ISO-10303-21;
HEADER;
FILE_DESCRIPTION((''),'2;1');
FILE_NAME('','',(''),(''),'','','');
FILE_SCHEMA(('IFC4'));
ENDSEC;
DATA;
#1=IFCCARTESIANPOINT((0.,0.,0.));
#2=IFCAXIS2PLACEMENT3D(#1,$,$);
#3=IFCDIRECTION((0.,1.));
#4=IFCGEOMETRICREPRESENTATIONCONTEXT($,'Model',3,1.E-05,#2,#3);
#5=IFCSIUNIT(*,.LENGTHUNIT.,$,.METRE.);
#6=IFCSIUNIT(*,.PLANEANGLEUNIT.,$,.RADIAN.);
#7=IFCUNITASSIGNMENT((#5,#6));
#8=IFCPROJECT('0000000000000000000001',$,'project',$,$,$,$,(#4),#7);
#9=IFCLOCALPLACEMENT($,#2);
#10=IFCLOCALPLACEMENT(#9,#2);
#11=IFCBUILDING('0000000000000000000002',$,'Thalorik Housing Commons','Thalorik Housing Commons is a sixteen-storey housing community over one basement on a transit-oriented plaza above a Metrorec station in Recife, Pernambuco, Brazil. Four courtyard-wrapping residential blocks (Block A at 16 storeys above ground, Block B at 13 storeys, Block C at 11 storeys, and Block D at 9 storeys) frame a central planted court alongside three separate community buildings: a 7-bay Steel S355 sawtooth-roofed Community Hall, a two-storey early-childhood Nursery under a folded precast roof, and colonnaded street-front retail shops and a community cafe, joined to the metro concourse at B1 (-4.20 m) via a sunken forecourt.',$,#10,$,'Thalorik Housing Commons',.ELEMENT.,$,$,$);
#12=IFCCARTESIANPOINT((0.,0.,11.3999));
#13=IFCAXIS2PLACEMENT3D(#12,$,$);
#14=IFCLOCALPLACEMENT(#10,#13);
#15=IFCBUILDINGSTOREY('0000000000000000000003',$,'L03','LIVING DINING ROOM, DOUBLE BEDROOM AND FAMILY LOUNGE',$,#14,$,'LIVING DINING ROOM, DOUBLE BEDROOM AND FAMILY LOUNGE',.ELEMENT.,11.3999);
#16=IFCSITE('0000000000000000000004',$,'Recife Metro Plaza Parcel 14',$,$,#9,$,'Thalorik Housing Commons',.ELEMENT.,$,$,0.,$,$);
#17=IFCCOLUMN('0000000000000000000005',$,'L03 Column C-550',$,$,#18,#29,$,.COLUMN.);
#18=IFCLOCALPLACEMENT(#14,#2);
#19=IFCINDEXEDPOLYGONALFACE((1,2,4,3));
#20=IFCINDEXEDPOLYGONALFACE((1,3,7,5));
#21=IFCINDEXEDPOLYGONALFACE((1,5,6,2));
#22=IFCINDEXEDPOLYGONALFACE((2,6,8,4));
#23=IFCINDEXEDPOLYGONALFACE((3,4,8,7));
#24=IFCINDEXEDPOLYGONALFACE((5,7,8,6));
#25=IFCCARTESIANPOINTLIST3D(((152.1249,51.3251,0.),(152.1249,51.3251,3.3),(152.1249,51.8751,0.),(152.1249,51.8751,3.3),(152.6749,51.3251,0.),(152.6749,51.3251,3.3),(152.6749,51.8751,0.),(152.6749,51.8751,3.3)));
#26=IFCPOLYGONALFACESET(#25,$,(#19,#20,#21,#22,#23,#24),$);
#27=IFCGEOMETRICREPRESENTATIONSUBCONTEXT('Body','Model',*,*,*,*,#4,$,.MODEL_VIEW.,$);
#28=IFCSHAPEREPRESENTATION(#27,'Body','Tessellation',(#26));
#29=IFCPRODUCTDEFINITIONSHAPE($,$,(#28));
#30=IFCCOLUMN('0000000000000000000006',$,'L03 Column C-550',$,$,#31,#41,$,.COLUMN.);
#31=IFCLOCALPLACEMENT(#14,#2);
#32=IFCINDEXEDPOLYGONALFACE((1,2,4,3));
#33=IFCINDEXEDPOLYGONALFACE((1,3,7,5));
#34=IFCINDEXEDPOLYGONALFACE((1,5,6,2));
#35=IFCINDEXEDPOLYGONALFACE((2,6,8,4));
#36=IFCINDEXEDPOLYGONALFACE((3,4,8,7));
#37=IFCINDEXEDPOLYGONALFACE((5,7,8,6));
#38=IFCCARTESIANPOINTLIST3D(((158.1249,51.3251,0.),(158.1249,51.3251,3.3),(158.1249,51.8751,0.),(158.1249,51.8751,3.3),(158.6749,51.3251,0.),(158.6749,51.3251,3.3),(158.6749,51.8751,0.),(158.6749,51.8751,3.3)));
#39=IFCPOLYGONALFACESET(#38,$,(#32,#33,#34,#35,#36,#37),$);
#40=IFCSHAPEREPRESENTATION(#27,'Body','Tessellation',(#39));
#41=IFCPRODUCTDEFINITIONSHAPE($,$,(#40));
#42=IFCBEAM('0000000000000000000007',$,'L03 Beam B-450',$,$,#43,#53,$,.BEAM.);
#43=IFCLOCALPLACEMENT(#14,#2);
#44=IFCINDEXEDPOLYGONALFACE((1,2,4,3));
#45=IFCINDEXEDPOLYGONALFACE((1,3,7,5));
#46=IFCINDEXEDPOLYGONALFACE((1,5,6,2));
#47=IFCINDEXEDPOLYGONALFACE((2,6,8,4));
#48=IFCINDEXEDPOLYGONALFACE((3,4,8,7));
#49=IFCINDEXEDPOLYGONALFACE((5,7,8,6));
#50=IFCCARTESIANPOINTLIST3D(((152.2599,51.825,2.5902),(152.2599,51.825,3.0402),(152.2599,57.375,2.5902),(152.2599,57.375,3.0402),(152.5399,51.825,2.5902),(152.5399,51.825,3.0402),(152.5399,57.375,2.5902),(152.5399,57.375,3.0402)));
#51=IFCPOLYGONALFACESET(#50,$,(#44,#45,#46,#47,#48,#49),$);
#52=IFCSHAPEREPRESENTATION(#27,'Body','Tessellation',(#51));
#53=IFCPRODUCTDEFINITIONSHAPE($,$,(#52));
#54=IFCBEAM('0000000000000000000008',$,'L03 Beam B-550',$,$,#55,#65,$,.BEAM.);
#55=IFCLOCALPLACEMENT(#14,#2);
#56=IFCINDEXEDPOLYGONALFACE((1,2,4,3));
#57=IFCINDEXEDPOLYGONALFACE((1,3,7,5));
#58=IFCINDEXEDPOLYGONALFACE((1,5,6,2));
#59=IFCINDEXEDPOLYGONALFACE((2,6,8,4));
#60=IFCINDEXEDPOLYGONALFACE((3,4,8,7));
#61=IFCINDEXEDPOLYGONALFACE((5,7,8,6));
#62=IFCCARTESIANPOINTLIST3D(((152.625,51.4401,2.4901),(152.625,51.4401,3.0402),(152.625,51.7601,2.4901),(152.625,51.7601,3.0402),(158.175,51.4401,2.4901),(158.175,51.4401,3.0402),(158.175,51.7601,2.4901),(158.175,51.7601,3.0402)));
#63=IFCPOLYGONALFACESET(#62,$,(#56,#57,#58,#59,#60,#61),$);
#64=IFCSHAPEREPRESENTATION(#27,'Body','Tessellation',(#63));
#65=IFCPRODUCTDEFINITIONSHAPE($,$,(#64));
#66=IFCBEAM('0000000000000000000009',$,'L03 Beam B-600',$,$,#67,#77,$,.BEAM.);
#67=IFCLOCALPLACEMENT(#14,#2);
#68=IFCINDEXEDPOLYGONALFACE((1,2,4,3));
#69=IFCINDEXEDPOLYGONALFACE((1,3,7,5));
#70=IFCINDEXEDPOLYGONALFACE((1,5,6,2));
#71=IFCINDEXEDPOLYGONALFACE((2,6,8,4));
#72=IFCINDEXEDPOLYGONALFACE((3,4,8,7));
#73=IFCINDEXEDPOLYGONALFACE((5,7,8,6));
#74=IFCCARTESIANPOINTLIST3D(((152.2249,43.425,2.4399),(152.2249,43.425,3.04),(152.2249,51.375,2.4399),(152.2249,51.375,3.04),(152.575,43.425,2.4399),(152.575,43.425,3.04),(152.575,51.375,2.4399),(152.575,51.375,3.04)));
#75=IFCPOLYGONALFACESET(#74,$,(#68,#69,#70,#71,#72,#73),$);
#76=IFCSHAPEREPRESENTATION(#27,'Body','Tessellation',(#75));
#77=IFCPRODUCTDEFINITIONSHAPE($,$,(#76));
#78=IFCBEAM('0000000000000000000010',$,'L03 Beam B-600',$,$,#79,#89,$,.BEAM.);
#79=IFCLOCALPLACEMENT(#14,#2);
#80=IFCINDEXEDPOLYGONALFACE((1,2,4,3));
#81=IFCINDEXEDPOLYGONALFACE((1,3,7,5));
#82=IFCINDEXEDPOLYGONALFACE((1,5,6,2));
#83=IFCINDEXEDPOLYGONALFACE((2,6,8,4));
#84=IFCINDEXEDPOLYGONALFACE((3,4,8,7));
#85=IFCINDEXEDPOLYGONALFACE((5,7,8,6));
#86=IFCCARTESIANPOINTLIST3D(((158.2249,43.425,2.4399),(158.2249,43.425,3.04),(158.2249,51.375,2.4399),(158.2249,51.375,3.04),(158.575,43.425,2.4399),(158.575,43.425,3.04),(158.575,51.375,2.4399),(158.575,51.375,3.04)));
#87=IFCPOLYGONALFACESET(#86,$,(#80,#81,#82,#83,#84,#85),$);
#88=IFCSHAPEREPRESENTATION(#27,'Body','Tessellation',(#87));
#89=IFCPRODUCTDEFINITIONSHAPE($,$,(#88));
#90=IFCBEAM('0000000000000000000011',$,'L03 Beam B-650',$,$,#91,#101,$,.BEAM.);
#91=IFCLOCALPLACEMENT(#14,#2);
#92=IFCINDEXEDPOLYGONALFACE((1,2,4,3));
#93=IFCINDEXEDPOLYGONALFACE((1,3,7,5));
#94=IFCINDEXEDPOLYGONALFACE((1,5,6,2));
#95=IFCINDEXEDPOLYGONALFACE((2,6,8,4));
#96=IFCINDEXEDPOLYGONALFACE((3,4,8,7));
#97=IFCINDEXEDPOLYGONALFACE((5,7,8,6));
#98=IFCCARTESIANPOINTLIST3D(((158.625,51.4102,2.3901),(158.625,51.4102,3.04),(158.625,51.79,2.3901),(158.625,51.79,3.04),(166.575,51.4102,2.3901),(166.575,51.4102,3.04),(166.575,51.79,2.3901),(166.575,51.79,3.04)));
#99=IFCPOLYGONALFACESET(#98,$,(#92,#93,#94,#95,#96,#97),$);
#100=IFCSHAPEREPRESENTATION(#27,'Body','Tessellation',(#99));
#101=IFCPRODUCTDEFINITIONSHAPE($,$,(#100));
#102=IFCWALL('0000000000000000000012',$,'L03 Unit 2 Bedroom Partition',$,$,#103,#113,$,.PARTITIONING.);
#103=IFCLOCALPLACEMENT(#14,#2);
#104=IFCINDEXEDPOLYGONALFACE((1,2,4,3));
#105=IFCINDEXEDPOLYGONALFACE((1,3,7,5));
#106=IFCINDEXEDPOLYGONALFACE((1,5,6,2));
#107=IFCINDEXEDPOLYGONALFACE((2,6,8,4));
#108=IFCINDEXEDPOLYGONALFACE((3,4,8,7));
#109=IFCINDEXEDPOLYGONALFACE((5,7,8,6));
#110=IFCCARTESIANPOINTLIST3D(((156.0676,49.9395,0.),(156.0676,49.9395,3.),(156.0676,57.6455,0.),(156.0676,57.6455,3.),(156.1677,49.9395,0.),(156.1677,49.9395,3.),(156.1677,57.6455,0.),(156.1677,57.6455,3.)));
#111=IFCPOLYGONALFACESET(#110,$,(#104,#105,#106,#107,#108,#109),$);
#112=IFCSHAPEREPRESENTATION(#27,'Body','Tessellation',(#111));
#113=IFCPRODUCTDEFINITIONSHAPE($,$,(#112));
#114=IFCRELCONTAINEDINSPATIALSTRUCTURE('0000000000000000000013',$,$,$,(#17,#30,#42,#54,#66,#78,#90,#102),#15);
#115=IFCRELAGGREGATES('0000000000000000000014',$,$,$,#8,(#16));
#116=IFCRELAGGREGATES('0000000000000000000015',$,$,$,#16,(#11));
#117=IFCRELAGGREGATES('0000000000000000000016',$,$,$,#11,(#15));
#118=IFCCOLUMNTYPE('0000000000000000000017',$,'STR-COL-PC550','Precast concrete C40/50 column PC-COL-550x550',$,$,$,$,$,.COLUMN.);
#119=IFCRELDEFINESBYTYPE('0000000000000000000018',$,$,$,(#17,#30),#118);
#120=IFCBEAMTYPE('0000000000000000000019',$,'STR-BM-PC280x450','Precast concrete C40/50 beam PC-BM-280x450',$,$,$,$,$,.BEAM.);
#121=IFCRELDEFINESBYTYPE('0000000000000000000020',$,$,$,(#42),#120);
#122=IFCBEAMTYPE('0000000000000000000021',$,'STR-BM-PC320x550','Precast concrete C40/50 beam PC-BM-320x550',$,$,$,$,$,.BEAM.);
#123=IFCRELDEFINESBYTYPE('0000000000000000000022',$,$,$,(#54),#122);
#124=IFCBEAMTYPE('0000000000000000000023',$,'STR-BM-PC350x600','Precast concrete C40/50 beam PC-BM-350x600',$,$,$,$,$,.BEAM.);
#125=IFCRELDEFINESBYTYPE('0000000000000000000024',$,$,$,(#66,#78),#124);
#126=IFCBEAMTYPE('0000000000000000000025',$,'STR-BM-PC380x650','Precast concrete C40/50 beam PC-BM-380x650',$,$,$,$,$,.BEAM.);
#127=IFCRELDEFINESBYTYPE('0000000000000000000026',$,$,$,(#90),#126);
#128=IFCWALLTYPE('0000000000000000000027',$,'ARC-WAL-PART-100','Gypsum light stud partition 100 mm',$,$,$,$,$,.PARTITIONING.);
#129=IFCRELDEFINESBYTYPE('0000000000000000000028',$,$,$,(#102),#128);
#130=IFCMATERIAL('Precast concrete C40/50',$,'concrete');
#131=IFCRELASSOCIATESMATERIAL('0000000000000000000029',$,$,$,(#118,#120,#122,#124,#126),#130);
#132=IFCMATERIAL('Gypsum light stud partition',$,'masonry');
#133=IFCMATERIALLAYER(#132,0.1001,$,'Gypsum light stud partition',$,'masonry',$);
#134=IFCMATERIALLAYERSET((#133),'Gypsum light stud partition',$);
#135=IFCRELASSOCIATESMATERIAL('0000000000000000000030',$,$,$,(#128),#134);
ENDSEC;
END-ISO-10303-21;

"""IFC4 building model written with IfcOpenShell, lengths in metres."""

from ifc_helpers import new_model, si_unit, direction, frame, frame_2d, origin, origin_2d, place, context, subcontext, project, spatial, rectangle, extrude, material, layer, layer_set, material_profile, profile_set, type_object, element, save


model = new_model("IFC4")

# Units and contexts
model_context = context("Model", 3, precision=1e-05, world=origin(), true_north=direction((0.0, 1.0)))
body_context = subcontext(model_context, "Body", "Model", "MODEL_VIEW")
ifc_project = project(units=[si_unit("LENGTHUNIT", "METRE"), si_unit("PLANEANGLEUNIT", "RADIAN")], contexts=[model_context])

# Site, building, storey
site_placement = place(None, origin())
site = spatial("IfcSite", under=ifc_project, at=site_placement, Name="Recife Metro Plaza Parcel 14", LongName="Thalorik Housing Commons", CompositionType="ELEMENT", RefElevation=0.0)
building_placement = place(site_placement, origin())
building = spatial("IfcBuilding", under=site, at=building_placement, Name="Thalorik Housing Commons", Description="Thalorik Housing Commons is a sixteen-storey housing community over one basement on a transit-oriented plaza above a Metrorec station in Recife, Pernambuco, Brazil. Four courtyard-wrapping residential blocks (Block A at 16 storeys above ground, Block B at 13 storeys, Block C at 11 storeys, and Block D at 9 storeys) frame a central planted court alongside three separate community buildings: a 7-bay Steel S355 sawtooth-roofed Community Hall, a two-storey early-childhood Nursery under a folded precast roof, and colonnaded street-front retail shops and a community cafe, joined to the metro concourse at B1 (-4.20 m) via a sunken forecourt.", LongName="Thalorik Housing Commons", CompositionType="ELEMENT")
storey_placement = place(building_placement, frame((0.0, 0.0, 11.3999)))
storey = spatial("IfcBuildingStorey", under=building, at=storey_placement, Name="L03", Description="LIVING DINING ROOM, DOUBLE BEDROOM AND FAMILY LOUNGE", LongName="LIVING DINING ROOM, DOUBLE BEDROOM AND FAMILY LOUNGE", CompositionType="ELEMENT", Elevation=11.3999)

# Columns
ifc_material_1 = material(Name="Precast concrete C40/50", Category="concrete")
ifc_material_profile_1 = material_profile(ifc_material_1, rectangle(XDim=0.55, YDim=0.55, at=origin_2d()), Name="PC 550x550", Category="concrete")
ifc_profile_set_1 = profile_set([ifc_material_profile_1], Name="Precast concrete C40/50")
column_type = type_object("IfcColumnType", Name="STR-COL-PC550", Description="Precast concrete C40/50 column PC-COL-550x550", PredefinedType="COLUMN", material=ifc_profile_set_1)
for number, where, z_axis, x_axis, name in (
    (1, (152.3999, 51.6001, 0.0), (0.0, 0.0, 1.0), (1.0, 0.0, 0.0), "L03 Column C-550"),
    (2, (158.3999, 51.6001, 0.0), (0.0, 0.0, 1.0), (1.0, 0.0, 0.0), "L03 Column C-550"),
):
    element("IfcColumn", number, at=place(storey_placement, frame(where, z_axis=z_axis, x_axis=x_axis)), inside=storey, type_object=column_type, Name=name, PredefinedType="COLUMN", context=body_context, shape_type="SweptSolid", body=[
        extrude(rectangle(XDim=0.55, YDim=0.55, at=origin_2d()), origin(), (0.0, 0.0, 1.0), 3.3),
    ])

# Beams
ifc_material_profile_2 = material_profile(ifc_material_1, rectangle(XDim=0.28, YDim=0.45, at=origin_2d()), Name="PC 280x450", Category="concrete")
ifc_profile_set_2 = profile_set([ifc_material_profile_2], Name="Precast concrete C40/50")
beam_type_1 = type_object("IfcBeamType", Name="STR-BM-PC280x450", Description="Precast concrete C40/50 beam PC-BM-280x450", PredefinedType="BEAM", material=ifc_profile_set_2)
beam_1_placement = place(storey_placement, frame((152.3999, 51.825, 2.8152), z_axis=(0.0, 1.0, 0.0), x_axis=(-1.0, 0.0, 0.0)))
element("IfcBeam", 3, at=beam_1_placement, inside=storey, type_object=beam_type_1, Name="L03 Beam B-450", PredefinedType="BEAM", context=body_context, shape_type="SweptSolid", body=[
    extrude(rectangle(XDim=0.28, YDim=0.45, at=origin_2d()), origin(), (0.0, 0.0, 1.0), 5.55),
])
ifc_material_profile_3 = material_profile(ifc_material_1, rectangle(XDim=0.3201, YDim=0.55, at=origin_2d()), Name="PC 320x550", Category="concrete")
ifc_profile_set_3 = profile_set([ifc_material_profile_3], Name="Precast concrete C40/50")
beam_type_2 = type_object("IfcBeamType", Name="STR-BM-PC320x550", Description="Precast concrete C40/50 beam PC-BM-320x550", PredefinedType="BEAM", material=ifc_profile_set_3)
beam_2_placement = place(storey_placement, frame((152.625, 51.6001, 2.7651), z_axis=(1.0, 0.0, 0.0), x_axis=(0.0, 1.0, 0.0)))
element("IfcBeam", 4, at=beam_2_placement, inside=storey, type_object=beam_type_2, Name="L03 Beam B-550", PredefinedType="BEAM", context=body_context, shape_type="SweptSolid", body=[
    extrude(rectangle(XDim=0.3201, YDim=0.55, at=origin_2d()), origin(), (0.0, 0.0, 1.0), 5.55),
])
ifc_material_profile_4 = material_profile(ifc_material_1, rectangle(XDim=0.3501, YDim=0.6001, at=origin_2d()), Name="PC 350x600", Category="concrete")
ifc_profile_set_4 = profile_set([ifc_material_profile_4], Name="Precast concrete C40/50")
beam_type_3 = type_object("IfcBeamType", Name="STR-BM-PC350x600", Description="Precast concrete C40/50 beam PC-BM-350x600", PredefinedType="BEAM", material=ifc_profile_set_4)
for number, where, z_axis, x_axis, name in (
    (5, (152.3999, 43.425, 2.74), (0.0, 1.0, 0.0), (-1.0, 0.0, 0.0), "L03 Beam B-600"),
    (6, (158.3999, 43.425, 2.74), (0.0, 1.0, 0.0), (-1.0, 0.0, 0.0), "L03 Beam B-600"),
):
    element("IfcBeam", number, at=place(storey_placement, frame(where, z_axis=z_axis, x_axis=x_axis)), inside=storey, type_object=beam_type_3, Name=name, PredefinedType="BEAM", context=body_context, shape_type="SweptSolid", body=[
        extrude(rectangle(XDim=0.3501, YDim=0.6001, at=origin_2d()), origin(), (0.0, 0.0, 1.0), 7.95),
    ])
ifc_material_profile_5 = material_profile(ifc_material_1, rectangle(XDim=0.3799, YDim=0.6499, at=origin_2d()), Name="PC 380x650", Category="concrete")
ifc_profile_set_5 = profile_set([ifc_material_profile_5], Name="Precast concrete C40/50")
beam_type_4 = type_object("IfcBeamType", Name="STR-BM-PC380x650", Description="Precast concrete C40/50 beam PC-BM-380x650", PredefinedType="BEAM", material=ifc_profile_set_5)
beam_3_placement = place(storey_placement, frame((158.625, 51.6001, 2.7151), z_axis=(1.0, 0.0, 0.0), x_axis=(0.0, 1.0, 0.0)))
element("IfcBeam", 7, at=beam_3_placement, inside=storey, type_object=beam_type_4, Name="L03 Beam B-650", PredefinedType="BEAM", context=body_context, shape_type="SweptSolid", body=[
    extrude(rectangle(XDim=0.3799, YDim=0.6499, at=origin_2d()), origin(), (0.0, 0.0, 1.0), 7.95),
])

# Wall
ifc_material_2 = material(Name="Gypsum light stud partition", Category="masonry")
ifc_layer_1 = layer(ifc_material_2, 0.1001, Name="Gypsum light stud partition", Category="masonry")
ifc_layer_set_1 = layer_set([ifc_layer_1], Name="Gypsum light stud partition")
wall_type_1 = type_object("IfcWallType", Name="ARC-WAL-PART-100", Description="Gypsum light stud partition 100 mm", PredefinedType="PARTITIONING", material=ifc_layer_set_1)
wall_1_placement = place(storey_placement, frame((156.1177, 49.9395, 0.0), z_axis=(0.0, 0.0, 1.0), x_axis=(0.0, 1.0, 0.0)))
element("IfcWall", 8, at=wall_1_placement, inside=storey, type_object=wall_type_1, Name="L03 Unit 2 Bedroom Partition", PredefinedType="PARTITIONING", context=body_context, shape_type="SweptSolid", body=[
    extrude(rectangle(XDim=7.7061, YDim=0.1001, at=frame_2d((3.853, 0.0))), origin(), (0.0, 0.0, 1.0), 3.0),
])

save(model, "model.ifc")
